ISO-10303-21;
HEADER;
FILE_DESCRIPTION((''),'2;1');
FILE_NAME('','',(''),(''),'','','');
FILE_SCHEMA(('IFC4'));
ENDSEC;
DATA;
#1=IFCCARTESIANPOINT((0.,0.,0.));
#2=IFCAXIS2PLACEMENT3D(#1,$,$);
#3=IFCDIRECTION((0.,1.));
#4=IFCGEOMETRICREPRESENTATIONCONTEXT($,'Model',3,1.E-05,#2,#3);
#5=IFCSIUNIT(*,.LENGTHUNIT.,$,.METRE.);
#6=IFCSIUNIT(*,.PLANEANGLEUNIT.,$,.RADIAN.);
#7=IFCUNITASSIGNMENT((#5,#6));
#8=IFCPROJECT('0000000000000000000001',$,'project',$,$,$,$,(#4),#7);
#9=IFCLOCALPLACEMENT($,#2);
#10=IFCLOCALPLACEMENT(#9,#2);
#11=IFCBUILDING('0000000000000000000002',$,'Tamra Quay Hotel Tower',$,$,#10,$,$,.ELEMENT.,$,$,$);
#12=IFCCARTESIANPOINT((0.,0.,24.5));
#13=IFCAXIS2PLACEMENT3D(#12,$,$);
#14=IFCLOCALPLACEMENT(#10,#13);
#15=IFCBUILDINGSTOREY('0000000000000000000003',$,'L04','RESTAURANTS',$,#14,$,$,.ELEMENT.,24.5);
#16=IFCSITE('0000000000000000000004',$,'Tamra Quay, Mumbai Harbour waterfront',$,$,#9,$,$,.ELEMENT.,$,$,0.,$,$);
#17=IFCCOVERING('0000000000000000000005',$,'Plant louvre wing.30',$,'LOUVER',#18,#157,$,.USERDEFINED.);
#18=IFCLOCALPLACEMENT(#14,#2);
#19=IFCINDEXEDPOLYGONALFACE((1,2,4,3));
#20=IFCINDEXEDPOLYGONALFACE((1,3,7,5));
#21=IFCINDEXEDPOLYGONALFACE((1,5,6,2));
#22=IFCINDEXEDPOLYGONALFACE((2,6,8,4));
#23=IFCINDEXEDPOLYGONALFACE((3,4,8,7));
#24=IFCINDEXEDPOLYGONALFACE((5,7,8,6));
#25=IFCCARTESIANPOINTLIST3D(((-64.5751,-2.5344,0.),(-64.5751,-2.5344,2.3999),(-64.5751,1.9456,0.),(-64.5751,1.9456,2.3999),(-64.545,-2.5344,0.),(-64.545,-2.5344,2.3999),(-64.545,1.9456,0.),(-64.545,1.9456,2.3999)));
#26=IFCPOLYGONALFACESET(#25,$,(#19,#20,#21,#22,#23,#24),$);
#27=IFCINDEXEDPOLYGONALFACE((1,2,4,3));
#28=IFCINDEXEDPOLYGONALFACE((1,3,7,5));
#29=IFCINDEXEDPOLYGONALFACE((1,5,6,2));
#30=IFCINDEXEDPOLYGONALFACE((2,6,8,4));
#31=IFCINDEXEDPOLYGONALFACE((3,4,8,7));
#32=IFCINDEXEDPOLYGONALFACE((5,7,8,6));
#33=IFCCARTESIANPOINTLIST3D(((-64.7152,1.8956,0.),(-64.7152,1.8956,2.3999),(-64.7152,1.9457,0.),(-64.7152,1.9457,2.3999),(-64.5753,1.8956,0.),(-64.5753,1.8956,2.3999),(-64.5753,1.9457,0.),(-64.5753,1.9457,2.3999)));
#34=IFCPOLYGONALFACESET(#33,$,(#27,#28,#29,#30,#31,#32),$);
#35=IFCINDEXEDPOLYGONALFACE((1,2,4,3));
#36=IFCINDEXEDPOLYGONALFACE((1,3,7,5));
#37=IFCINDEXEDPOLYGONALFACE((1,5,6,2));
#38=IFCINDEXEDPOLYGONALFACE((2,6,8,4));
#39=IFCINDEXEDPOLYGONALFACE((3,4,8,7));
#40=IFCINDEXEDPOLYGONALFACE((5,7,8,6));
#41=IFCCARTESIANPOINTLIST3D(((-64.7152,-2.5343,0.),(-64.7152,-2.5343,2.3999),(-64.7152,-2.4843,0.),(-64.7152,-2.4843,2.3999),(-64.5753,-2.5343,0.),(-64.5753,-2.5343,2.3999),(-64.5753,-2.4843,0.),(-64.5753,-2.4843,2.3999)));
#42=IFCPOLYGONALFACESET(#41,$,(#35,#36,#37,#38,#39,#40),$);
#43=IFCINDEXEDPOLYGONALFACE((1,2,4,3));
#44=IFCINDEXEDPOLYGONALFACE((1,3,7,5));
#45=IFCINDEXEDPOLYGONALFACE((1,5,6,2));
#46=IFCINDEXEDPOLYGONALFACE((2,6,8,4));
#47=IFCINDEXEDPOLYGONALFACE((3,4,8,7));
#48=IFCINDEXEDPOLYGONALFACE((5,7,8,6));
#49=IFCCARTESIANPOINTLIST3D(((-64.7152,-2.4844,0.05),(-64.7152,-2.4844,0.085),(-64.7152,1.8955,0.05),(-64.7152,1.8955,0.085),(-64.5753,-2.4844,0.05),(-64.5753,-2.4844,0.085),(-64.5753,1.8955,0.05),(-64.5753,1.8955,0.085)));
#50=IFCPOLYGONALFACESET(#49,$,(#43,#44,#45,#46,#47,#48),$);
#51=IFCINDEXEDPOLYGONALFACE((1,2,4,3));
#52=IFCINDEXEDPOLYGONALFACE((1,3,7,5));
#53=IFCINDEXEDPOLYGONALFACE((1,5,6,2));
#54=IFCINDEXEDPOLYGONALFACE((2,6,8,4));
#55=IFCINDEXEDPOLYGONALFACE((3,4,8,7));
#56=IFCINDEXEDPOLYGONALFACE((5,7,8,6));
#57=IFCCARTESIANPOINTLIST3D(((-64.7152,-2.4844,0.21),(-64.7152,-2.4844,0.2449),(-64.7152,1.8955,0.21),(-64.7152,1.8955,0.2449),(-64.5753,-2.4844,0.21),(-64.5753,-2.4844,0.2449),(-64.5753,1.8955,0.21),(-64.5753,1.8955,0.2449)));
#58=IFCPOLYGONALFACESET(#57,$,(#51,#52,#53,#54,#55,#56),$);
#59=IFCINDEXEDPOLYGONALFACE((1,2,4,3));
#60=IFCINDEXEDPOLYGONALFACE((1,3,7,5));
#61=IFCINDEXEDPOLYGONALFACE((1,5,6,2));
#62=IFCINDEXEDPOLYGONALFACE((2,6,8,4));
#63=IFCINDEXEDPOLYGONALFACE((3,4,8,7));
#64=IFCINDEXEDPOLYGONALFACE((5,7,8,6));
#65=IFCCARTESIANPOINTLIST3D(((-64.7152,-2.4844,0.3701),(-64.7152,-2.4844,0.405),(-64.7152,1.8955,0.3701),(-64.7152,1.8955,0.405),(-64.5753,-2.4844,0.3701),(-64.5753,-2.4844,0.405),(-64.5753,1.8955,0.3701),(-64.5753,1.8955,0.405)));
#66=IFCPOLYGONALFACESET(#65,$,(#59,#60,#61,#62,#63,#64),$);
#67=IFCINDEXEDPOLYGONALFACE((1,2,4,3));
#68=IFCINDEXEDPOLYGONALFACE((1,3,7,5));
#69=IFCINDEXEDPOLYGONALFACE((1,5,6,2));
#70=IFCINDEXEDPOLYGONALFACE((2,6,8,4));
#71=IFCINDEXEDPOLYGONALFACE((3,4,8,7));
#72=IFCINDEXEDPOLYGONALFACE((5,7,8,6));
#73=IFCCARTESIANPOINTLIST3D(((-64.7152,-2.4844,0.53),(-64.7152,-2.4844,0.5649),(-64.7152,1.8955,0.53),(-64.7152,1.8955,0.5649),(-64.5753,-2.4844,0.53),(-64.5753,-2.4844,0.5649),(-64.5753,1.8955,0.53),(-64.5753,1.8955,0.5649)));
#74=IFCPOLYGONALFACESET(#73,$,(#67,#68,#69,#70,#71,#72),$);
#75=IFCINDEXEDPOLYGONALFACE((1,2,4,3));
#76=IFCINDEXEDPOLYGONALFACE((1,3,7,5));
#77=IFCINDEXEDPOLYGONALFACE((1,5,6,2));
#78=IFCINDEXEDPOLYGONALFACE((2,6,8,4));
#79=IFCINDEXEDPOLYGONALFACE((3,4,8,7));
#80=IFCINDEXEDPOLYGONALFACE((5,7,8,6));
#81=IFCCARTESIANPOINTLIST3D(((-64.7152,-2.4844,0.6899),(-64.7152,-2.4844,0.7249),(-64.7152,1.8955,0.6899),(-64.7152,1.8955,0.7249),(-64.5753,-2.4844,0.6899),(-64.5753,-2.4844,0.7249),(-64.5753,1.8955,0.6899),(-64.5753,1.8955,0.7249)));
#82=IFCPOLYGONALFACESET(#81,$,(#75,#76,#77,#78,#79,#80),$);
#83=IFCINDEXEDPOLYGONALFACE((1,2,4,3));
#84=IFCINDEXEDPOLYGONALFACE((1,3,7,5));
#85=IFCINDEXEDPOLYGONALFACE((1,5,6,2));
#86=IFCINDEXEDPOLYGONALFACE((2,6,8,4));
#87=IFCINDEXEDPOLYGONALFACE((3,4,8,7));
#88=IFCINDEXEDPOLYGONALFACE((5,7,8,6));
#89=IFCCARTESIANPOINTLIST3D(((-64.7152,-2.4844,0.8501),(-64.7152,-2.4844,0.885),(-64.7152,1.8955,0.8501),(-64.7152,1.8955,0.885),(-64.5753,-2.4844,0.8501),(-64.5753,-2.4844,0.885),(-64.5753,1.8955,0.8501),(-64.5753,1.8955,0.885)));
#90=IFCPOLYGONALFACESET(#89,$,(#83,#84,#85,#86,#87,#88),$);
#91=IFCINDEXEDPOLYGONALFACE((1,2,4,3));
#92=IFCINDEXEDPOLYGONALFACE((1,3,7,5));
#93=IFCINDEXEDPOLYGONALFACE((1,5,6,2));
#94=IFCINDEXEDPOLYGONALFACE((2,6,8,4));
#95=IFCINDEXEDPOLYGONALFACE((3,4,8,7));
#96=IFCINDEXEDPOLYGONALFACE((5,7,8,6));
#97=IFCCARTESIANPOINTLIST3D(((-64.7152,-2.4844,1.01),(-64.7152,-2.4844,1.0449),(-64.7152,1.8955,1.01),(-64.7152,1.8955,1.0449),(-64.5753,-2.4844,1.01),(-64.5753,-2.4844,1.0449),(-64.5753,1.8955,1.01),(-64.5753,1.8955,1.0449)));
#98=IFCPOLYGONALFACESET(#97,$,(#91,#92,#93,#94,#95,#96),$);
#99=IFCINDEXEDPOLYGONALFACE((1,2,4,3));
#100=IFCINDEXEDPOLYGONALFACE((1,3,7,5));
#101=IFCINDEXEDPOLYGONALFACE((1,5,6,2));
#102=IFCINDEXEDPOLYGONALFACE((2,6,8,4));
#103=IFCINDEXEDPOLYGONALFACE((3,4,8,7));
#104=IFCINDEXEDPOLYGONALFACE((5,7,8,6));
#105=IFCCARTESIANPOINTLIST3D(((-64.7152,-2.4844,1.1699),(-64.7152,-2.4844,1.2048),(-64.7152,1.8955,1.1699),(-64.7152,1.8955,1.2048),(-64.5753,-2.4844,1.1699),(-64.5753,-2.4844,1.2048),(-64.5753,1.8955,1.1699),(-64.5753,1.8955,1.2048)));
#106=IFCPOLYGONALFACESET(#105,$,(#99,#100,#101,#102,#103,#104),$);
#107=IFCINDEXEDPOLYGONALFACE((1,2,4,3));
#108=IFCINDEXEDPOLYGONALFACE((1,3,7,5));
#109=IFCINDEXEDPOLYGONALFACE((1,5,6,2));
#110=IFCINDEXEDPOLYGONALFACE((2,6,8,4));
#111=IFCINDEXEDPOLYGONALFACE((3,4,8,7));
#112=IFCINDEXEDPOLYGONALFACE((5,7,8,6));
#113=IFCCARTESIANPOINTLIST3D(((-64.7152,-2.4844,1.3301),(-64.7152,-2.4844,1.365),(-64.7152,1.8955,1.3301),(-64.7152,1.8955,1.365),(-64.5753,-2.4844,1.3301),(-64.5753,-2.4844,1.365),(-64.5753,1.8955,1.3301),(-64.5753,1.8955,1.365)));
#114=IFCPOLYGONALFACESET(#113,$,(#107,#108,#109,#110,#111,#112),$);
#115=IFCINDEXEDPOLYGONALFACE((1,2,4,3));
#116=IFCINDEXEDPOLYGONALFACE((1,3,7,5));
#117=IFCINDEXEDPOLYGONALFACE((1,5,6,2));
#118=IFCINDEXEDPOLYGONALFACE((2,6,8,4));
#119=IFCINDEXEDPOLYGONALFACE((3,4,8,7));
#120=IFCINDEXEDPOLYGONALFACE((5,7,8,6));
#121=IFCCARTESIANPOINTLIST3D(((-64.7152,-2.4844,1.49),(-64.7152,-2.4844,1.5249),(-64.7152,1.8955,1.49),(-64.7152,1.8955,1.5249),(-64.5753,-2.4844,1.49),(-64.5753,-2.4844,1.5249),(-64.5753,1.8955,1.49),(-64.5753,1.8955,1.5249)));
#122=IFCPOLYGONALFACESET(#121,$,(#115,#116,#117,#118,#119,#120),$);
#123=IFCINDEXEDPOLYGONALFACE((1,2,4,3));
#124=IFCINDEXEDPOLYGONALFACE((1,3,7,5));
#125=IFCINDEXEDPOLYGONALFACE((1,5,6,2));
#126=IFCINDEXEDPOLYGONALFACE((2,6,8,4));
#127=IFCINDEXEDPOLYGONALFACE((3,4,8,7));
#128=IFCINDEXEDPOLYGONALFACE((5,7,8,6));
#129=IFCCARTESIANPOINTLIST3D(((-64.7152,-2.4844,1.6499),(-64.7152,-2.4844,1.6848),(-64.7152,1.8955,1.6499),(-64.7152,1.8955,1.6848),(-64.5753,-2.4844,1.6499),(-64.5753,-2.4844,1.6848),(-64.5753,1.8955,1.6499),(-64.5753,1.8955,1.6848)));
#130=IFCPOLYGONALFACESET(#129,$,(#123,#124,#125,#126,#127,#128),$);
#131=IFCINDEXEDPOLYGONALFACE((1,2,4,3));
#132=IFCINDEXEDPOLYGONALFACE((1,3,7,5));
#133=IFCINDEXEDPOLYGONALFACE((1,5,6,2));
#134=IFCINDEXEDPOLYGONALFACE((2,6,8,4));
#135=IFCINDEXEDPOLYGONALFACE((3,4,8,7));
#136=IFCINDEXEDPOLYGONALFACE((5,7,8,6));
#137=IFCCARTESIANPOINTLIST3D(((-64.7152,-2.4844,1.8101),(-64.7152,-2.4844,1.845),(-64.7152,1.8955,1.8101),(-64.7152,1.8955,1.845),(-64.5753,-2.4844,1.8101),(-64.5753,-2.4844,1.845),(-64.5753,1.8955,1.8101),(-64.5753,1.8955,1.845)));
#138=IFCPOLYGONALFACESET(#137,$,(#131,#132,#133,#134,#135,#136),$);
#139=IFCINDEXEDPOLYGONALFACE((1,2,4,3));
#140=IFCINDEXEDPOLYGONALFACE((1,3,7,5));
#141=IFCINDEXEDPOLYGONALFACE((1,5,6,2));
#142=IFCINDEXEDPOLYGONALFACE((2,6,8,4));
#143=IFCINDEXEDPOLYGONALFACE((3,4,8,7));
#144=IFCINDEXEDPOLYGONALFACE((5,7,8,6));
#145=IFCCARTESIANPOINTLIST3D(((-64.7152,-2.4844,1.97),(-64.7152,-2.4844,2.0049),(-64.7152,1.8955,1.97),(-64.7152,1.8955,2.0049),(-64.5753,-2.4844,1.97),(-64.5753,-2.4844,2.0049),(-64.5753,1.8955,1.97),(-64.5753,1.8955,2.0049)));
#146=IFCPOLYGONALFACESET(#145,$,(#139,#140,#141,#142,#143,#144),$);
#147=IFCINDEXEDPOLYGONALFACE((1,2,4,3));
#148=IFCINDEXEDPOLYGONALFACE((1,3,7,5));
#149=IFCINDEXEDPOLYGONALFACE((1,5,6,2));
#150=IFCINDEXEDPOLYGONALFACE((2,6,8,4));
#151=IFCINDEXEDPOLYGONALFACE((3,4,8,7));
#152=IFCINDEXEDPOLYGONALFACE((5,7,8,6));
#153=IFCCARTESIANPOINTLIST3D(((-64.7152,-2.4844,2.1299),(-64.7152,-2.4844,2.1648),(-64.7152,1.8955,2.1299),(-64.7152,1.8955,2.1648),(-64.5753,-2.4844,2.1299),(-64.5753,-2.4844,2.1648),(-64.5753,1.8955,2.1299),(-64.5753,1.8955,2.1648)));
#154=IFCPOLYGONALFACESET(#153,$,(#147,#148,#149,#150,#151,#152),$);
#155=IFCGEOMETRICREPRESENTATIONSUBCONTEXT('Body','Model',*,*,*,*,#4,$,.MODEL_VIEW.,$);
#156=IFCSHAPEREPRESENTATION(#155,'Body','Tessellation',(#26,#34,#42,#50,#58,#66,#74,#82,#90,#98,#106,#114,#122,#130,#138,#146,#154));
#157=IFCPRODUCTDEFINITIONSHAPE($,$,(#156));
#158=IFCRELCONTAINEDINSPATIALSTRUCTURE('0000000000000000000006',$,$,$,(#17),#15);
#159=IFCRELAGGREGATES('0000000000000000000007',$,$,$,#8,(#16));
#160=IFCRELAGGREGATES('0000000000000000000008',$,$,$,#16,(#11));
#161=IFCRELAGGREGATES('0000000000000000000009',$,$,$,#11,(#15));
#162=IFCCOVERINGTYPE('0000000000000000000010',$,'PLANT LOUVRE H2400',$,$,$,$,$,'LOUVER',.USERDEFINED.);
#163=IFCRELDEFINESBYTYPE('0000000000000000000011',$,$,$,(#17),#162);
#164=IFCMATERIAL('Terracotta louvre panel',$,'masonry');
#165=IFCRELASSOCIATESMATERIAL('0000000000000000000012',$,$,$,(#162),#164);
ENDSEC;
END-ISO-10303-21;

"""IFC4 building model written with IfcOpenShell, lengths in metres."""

from ifc_helpers import new_model, si_unit, direction, frame, frame_2d, origin, place, context, subcontext, project, spatial, rectangle, extrude, source, transform, mapped, material, type_object, element, save


model = new_model("IFC4")

# Units and contexts
model_context = context("Model", 3, precision=1e-05, world=origin(), true_north=direction((0.0, 1.0)))
body_context = subcontext(model_context, "Body", "Model", "MODEL_VIEW")
ifc_project = project(units=[si_unit("LENGTHUNIT", "METRE"), si_unit("PLANEANGLEUNIT", "RADIAN")], contexts=[model_context])

# Site, building, storey
site_placement = place(None, origin())
site = spatial("IfcSite", under=ifc_project, at=site_placement, Name="Tamra Quay, Mumbai Harbour waterfront", CompositionType="ELEMENT", RefElevation=0.0)
building_placement = place(site_placement, origin())
building = spatial("IfcBuilding", under=site, at=building_placement, Name="Tamra Quay Hotel Tower", CompositionType="ELEMENT")
storey_placement = place(building_placement, frame((0.0, 0.0, 24.5)))
storey = spatial("IfcBuildingStorey", under=building, at=storey_placement, Name="L04", Description="RESTAURANTS", CompositionType="ELEMENT", Elevation=24.5)

# Covering
ifc_material_1 = material(Name="Terracotta louvre panel", Category="masonry")
covering_type_1 = type_object("IfcCoveringType", Name="PLANT LOUVRE H2400", ElementType="LOUVER", PredefinedType="USERDEFINED", material=ifc_material_1)
shared_shape_1 = source(origin(), body_context, "Body", "SweptSolid", [
    extrude(rectangle(XDim=4.48, YDim=0.03, at=frame_2d((2.24, 0.0151))), frame((-2.24, -0.03, 0.0)), (0.0, 0.0, 1.0), 2.3999),
    extrude(rectangle(XDim=0.05, YDim=0.1399, at=frame_2d((0.0249, 0.0698))), frame((-2.24, -0.1699, 0.0)), (0.0, 0.0, 1.0), 2.3999),
    extrude(rectangle(XDim=0.05, YDim=0.1399, at=frame_2d((0.0249, 0.0698))), frame((2.1899, -0.1699, 0.0)), (0.0, 0.0, 1.0), 2.3999),
    extrude(rectangle(XDim=4.3799, YDim=0.1399, at=frame_2d((2.1899, 0.0698))), frame((-2.1899, -0.1699, 0.05)), (0.0, 0.0, 1.0), 0.0349),
    extrude(rectangle(XDim=4.3799, YDim=0.1399, at=frame_2d((2.1899, 0.0698))), frame((-2.1899, -0.1699, 0.21)), (0.0, 0.0, 1.0), 0.0349),
    extrude(rectangle(XDim=4.3799, YDim=0.1399, at=frame_2d((2.1899, 0.0698))), frame((-2.1899, -0.1699, 0.3701)), (0.0, 0.0, 1.0), 0.0349),
    extrude(rectangle(XDim=4.3799, YDim=0.1399, at=frame_2d((2.1899, 0.0698))), frame((-2.1899, -0.1699, 0.53)), (0.0, 0.0, 1.0), 0.0349),
    extrude(rectangle(XDim=4.3799, YDim=0.1399, at=frame_2d((2.1899, 0.0698))), frame((-2.1899, -0.1699, 0.6899)), (0.0, 0.0, 1.0), 0.0349),
    extrude(rectangle(XDim=4.3799, YDim=0.1399, at=frame_2d((2.1899, 0.0698))), frame((-2.1899, -0.1699, 0.8501)), (0.0, 0.0, 1.0), 0.0349),
    extrude(rectangle(XDim=4.3799, YDim=0.1399, at=frame_2d((2.1899, 0.0698))), frame((-2.1899, -0.1699, 1.01)), (0.0, 0.0, 1.0), 0.0349),
    extrude(rectangle(XDim=4.3799, YDim=0.1399, at=frame_2d((2.1899, 0.0698))), frame((-2.1899, -0.1699, 1.1699)), (0.0, 0.0, 1.0), 0.0349),
    extrude(rectangle(XDim=4.3799, YDim=0.1399, at=frame_2d((2.1899, 0.0698))), frame((-2.1899, -0.1699, 1.3301)), (0.0, 0.0, 1.0), 0.0349),
    extrude(rectangle(XDim=4.3799, YDim=0.1399, at=frame_2d((2.1899, 0.0698))), frame((-2.1899, -0.1699, 1.49)), (0.0, 0.0, 1.0), 0.0349),
    extrude(rectangle(XDim=4.3799, YDim=0.1399, at=frame_2d((2.1899, 0.0698))), frame((-2.1899, -0.1699, 1.6499)), (0.0, 0.0, 1.0), 0.0349),
    extrude(rectangle(XDim=4.3799, YDim=0.1399, at=frame_2d((2.1899, 0.0698))), frame((-2.1899, -0.1699, 1.8101)), (0.0, 0.0, 1.0), 0.0349),
    extrude(rectangle(XDim=4.3799, YDim=0.1399, at=frame_2d((2.1899, 0.0698))), frame((-2.1899, -0.1699, 1.97)), (0.0, 0.0, 1.0), 0.0349),
    extrude(rectangle(XDim=4.3799, YDim=0.1399, at=frame_2d((2.1899, 0.0698))), frame((-2.1899, -0.1699, 2.1299)), (0.0, 0.0, 1.0), 0.0349),
])
for number, where, z_axis, x_axis, name in (
    (1, (-64.5452, -0.2944, 0.0), (0.0, 0.0, 1.0), (0.0, -1.0, 0.0), "Plant louvre wing.30"),
):
    element("IfcCovering", number, at=place(storey_placement, frame(where, z_axis=z_axis, x_axis=x_axis)), inside=storey, type_object=covering_type_1, Name=name, ObjectType="LOUVER", PredefinedType="USERDEFINED", context=body_context, shape_type="MappedRepresentation", body=[
        mapped(shared_shape_1, transform((0.0, 0.0, 0.0), scale=1.0)),
    ])

save(model, "model.ifc")
